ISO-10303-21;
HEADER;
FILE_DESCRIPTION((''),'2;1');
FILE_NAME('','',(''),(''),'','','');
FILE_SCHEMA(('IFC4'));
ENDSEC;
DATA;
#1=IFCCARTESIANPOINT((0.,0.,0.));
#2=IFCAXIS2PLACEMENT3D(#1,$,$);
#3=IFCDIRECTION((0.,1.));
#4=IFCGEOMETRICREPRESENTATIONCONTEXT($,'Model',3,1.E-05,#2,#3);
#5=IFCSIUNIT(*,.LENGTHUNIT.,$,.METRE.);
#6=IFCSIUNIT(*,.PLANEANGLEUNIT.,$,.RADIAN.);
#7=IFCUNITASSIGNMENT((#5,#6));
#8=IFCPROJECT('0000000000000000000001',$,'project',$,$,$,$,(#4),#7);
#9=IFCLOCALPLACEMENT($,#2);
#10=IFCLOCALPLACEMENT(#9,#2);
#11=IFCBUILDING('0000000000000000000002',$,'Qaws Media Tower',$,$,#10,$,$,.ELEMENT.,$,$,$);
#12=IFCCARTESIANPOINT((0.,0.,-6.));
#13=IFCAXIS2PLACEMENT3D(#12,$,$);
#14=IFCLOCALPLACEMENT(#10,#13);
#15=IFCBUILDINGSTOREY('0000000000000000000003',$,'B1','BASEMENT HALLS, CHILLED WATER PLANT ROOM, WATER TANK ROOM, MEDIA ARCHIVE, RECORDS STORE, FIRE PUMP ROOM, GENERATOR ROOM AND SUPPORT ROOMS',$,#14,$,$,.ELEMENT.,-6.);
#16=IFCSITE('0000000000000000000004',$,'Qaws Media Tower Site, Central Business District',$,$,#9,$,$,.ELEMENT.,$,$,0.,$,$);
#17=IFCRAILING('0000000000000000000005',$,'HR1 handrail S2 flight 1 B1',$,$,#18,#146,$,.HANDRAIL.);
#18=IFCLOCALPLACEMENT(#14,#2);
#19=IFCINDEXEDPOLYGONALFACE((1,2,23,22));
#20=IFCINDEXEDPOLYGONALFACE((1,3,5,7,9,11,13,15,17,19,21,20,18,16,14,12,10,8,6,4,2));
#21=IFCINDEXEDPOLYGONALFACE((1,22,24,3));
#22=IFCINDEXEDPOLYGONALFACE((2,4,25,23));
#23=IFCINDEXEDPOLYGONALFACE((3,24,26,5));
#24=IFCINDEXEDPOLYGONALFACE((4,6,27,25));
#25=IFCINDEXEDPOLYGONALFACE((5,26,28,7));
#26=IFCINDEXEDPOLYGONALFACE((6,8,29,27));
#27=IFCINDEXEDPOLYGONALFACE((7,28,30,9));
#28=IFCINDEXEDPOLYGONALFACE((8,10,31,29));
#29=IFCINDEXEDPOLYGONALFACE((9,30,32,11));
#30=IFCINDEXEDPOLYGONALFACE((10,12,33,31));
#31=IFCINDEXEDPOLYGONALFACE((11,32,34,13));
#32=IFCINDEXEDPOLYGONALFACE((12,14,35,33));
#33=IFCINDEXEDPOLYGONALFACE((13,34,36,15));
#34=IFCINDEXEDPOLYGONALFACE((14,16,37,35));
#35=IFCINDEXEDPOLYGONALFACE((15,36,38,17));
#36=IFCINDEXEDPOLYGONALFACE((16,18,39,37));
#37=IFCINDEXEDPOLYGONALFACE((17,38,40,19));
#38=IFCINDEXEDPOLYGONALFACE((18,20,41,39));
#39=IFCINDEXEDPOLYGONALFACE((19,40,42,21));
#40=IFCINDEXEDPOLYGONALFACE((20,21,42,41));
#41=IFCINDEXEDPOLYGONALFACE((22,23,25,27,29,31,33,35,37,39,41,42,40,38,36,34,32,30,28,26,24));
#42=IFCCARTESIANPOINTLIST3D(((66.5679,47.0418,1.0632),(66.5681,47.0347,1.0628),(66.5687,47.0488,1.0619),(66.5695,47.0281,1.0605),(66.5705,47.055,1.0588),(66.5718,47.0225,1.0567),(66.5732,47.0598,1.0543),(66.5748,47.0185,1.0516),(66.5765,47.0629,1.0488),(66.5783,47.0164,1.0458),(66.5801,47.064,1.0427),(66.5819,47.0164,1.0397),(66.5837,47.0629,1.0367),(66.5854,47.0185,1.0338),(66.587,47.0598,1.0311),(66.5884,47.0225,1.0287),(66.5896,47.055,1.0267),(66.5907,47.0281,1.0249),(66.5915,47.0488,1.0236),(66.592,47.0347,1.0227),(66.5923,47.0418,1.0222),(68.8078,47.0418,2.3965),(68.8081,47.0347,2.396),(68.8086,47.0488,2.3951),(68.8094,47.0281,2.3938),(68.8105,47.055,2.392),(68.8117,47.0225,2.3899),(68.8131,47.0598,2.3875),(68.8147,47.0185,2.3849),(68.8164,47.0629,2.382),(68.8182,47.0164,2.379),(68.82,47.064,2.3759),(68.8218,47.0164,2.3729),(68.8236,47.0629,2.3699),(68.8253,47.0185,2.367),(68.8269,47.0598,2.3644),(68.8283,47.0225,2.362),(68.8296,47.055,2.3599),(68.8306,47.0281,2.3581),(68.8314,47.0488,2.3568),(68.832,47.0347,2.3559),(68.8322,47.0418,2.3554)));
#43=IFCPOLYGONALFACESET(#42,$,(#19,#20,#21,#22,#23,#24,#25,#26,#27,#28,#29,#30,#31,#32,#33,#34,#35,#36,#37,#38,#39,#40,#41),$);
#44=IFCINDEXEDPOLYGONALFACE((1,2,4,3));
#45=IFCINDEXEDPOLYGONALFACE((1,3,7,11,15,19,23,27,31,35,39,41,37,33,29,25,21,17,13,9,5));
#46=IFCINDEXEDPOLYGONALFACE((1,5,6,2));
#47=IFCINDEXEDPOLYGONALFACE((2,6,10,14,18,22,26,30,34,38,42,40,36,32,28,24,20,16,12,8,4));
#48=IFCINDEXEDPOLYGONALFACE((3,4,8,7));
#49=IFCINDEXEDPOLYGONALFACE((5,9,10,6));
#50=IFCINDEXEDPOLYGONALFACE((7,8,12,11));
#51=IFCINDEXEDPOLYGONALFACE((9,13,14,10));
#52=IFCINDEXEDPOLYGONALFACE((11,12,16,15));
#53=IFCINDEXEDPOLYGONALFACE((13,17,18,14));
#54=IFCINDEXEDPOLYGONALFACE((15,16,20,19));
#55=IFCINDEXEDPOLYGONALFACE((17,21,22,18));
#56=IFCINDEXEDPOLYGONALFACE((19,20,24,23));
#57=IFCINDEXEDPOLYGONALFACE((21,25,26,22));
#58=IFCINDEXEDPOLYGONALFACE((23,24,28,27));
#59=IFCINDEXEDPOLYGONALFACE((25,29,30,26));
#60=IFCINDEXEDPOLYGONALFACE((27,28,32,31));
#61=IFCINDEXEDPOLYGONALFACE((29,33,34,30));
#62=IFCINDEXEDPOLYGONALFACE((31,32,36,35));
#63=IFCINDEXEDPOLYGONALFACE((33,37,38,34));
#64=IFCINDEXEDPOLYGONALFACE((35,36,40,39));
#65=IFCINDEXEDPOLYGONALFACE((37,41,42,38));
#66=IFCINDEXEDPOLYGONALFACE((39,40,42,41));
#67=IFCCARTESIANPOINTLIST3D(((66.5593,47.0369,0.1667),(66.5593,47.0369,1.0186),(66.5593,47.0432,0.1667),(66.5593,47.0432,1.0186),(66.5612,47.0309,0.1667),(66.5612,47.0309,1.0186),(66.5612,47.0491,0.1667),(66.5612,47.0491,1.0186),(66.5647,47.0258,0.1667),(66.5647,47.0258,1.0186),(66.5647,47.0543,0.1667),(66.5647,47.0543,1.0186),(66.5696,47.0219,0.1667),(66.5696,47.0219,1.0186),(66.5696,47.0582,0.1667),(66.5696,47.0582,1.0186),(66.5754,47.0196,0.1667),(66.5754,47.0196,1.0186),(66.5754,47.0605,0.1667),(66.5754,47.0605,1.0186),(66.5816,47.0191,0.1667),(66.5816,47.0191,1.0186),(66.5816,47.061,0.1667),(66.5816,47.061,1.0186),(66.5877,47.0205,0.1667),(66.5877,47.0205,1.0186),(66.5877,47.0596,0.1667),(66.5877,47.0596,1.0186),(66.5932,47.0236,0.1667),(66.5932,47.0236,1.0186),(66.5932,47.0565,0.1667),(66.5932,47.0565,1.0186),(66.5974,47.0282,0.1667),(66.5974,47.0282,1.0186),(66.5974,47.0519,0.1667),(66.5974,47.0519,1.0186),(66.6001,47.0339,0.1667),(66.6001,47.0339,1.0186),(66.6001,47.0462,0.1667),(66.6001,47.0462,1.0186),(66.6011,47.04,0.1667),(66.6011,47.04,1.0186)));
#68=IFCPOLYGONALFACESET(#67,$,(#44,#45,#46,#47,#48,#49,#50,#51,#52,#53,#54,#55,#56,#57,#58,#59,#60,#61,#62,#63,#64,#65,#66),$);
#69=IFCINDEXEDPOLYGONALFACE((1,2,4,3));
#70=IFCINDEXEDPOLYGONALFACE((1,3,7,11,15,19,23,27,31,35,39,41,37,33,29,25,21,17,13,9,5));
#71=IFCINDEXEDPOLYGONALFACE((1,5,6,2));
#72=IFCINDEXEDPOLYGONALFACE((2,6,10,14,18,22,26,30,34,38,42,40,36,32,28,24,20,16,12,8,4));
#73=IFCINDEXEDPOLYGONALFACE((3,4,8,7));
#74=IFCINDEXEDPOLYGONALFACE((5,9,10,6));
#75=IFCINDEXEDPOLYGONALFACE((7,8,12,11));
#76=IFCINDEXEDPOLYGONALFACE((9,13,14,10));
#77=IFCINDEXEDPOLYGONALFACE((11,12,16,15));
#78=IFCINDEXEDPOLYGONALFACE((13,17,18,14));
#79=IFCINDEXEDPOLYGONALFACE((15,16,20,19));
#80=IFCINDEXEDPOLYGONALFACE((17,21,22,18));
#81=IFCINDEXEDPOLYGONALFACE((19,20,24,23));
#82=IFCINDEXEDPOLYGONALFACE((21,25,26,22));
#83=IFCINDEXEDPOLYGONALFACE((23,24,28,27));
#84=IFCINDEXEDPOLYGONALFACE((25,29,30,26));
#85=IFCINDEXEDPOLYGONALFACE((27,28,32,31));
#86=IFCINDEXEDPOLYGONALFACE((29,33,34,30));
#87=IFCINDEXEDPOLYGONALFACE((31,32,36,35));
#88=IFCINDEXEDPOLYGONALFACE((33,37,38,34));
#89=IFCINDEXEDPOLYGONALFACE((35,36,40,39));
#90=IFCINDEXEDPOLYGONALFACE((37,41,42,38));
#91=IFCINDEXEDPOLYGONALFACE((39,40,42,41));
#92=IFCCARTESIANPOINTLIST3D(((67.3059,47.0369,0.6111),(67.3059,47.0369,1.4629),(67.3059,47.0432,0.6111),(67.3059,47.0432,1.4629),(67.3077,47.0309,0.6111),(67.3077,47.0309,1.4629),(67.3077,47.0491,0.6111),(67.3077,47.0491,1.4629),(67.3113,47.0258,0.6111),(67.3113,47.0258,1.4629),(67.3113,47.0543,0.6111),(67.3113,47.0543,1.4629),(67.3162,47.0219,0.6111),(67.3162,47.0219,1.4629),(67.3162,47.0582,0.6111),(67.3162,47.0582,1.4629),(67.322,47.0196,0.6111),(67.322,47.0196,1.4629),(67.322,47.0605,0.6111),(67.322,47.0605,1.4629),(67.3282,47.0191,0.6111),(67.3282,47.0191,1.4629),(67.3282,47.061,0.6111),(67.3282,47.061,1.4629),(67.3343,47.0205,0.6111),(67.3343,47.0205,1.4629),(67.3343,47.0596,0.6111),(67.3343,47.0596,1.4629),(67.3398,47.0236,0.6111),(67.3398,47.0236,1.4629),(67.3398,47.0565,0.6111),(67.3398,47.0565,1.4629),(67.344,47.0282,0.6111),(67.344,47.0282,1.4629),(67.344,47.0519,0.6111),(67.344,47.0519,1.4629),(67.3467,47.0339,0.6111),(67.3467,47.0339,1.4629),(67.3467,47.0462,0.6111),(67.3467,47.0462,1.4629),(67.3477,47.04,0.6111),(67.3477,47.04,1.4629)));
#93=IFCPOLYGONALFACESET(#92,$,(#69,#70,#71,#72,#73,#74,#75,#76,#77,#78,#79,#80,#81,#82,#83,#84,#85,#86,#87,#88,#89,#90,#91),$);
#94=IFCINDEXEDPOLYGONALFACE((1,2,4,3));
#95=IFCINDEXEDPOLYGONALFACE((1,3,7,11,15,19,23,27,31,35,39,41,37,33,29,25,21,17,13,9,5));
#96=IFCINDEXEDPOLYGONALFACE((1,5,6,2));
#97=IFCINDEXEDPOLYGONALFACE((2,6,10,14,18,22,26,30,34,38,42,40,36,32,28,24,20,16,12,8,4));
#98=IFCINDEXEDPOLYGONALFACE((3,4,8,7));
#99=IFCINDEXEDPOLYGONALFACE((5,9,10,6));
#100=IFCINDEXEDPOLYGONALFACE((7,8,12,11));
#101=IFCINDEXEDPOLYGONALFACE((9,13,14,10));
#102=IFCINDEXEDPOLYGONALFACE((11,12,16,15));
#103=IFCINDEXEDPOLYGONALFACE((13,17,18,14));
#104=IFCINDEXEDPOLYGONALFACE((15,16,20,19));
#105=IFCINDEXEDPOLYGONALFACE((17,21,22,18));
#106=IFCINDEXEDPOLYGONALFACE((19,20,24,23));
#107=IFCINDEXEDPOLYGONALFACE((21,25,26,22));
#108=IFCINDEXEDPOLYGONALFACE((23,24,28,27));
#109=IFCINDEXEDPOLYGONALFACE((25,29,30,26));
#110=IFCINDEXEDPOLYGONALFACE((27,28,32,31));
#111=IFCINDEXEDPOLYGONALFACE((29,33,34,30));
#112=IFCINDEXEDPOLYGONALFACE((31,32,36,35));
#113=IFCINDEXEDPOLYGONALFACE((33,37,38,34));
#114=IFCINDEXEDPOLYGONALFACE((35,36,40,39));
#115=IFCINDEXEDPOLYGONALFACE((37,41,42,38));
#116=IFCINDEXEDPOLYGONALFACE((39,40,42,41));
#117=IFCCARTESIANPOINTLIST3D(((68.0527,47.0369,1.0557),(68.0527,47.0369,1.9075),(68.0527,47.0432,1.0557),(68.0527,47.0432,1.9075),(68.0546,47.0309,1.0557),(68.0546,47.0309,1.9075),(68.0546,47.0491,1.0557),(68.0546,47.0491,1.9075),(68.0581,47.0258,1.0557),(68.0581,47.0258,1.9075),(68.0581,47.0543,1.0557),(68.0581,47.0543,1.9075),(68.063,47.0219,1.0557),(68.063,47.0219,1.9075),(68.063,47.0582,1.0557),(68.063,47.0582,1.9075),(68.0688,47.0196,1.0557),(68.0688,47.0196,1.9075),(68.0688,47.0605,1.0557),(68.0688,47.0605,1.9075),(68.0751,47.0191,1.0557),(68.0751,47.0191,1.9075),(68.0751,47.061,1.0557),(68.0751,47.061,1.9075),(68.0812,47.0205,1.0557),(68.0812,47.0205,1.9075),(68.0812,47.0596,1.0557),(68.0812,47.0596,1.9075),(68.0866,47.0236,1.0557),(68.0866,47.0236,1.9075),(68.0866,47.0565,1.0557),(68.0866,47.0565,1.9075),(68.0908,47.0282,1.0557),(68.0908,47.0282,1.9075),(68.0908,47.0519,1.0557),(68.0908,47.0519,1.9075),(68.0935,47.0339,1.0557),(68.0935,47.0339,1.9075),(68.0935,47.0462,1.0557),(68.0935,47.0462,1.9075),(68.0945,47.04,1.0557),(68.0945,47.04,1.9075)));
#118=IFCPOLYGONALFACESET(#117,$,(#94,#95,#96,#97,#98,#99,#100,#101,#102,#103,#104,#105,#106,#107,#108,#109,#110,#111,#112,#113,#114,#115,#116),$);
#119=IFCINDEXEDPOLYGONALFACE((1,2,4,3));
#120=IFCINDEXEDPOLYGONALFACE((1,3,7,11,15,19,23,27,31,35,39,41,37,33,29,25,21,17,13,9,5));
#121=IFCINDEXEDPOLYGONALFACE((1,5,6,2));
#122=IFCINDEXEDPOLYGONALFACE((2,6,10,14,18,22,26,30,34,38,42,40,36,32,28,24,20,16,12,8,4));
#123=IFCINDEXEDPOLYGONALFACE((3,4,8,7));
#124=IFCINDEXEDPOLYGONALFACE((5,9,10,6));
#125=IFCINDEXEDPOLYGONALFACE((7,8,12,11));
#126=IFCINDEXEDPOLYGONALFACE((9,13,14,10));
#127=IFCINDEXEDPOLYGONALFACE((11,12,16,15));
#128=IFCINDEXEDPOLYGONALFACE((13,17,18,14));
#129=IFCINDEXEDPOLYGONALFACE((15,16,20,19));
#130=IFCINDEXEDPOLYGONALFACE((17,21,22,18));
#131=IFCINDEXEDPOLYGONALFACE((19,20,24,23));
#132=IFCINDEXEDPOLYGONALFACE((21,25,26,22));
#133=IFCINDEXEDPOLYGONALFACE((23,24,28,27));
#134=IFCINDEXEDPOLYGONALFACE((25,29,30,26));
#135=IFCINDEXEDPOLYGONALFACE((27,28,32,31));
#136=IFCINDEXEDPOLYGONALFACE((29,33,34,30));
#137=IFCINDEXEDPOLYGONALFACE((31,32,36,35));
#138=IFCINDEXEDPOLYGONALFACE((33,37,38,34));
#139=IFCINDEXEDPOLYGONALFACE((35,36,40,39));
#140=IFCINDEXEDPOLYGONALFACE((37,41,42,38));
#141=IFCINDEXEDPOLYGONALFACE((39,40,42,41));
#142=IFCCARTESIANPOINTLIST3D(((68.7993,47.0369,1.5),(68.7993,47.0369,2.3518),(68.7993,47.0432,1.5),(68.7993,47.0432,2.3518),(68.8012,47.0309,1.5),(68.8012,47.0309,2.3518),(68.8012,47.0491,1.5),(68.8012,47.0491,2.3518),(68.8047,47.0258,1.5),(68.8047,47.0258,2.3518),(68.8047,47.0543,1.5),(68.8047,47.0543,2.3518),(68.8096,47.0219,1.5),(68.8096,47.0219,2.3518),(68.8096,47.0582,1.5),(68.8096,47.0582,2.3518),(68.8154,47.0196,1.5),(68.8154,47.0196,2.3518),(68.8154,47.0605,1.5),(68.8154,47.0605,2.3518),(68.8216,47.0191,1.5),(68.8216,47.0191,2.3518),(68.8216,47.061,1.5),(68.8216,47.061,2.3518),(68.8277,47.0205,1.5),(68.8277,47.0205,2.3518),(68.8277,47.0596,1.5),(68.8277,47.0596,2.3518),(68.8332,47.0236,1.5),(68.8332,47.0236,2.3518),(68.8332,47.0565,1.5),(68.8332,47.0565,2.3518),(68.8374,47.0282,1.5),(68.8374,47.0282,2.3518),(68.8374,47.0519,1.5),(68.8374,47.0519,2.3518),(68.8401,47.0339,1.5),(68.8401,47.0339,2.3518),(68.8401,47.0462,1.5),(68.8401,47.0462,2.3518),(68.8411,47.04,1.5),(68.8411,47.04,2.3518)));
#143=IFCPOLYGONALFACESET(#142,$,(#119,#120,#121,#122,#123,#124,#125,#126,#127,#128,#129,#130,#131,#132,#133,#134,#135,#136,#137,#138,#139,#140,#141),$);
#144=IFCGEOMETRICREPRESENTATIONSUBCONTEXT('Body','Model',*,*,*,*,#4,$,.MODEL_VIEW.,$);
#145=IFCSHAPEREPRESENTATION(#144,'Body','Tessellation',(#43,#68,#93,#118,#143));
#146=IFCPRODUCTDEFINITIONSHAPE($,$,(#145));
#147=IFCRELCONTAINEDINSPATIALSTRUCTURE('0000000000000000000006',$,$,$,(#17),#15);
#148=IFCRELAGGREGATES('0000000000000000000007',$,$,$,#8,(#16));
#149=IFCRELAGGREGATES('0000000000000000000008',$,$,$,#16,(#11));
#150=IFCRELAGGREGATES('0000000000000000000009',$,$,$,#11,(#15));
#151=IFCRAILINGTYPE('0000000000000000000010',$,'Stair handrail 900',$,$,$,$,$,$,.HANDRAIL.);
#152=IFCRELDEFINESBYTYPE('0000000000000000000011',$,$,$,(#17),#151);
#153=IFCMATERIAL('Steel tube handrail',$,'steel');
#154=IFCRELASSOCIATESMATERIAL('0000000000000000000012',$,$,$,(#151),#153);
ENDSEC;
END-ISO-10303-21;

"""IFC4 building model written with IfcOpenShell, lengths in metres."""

from ifc_helpers import new_model, si_unit, direction, frame, origin, origin_2d, place, context, subcontext, project, spatial, circle, extrude, material, type_object, element, save


model = new_model("IFC4")

# Units and contexts
model_context = context("Model", 3, precision=1e-05, world=origin(), true_north=direction((0.0, 1.0)))
body_context = subcontext(model_context, "Body", "Model", "MODEL_VIEW")
ifc_project = project(units=[si_unit("LENGTHUNIT", "METRE"), si_unit("PLANEANGLEUNIT", "RADIAN")], contexts=[model_context])

# Site, building, storey
site_placement = place(None, origin())
site = spatial("IfcSite", under=ifc_project, at=site_placement, Name="Qaws Media Tower Site, Central Business District", CompositionType="ELEMENT", RefElevation=0.0)
building_placement = place(site_placement, origin())
building = spatial("IfcBuilding", under=site, at=building_placement, Name="Qaws Media Tower", CompositionType="ELEMENT")
storey_placement = place(building_placement, frame((0.0, 0.0, -6.0)))
storey = spatial("IfcBuildingStorey", under=building, at=storey_placement, Name="B1", Description="BASEMENT HALLS, CHILLED WATER PLANT ROOM, WATER TANK ROOM, MEDIA ARCHIVE, RECORDS STORE, FIRE PUMP ROOM, GENERATOR ROOM AND SUPPORT ROOMS", CompositionType="ELEMENT", Elevation=-6.0)

# Railing
ifc_material_1 = material(Name="Steel tube handrail", Category="steel")
railing_type = type_object("IfcRailingType", Name="Stair handrail 900", PredefinedType="HANDRAIL", material=ifc_material_1)
for number, where, name in (
    (1, (66.5801, 47.04, 0.1667), "HR1 handrail S2 flight 1 B1"),
):
    element("IfcRailing", number, at=place(storey_placement, frame(where)), inside=storey, type_object=railing_type, Name=name, PredefinedType="HANDRAIL", context=body_context, shape_type="SweptSolid", body=[
        extrude(circle(Radius=0.0239, at=origin_2d()), frame((0.0, 0.0, 0.876), z_axis=(0.859306, 0.0, 0.511462), x_axis=(0.0, 1.0, 0.0)), (0.0, 0.0, 1.0), 2.6067),
        extrude(circle(Radius=0.021, at=origin_2d()), origin(), (0.0, 0.0, 1.0), 0.8518),
        extrude(circle(Radius=0.021, at=origin_2d()), frame((0.7466, 0.0, 0.4443)), (0.0, 0.0, 1.0), 0.8518),
        extrude(circle(Radius=0.021, at=origin_2d()), frame((1.4934, 0.0, 0.8889)), (0.0, 0.0, 1.0), 0.8518),
        extrude(circle(Radius=0.021, at=origin_2d()), frame((2.24, 0.0, 1.3333)), (0.0, 0.0, 1.0), 0.8518),
    ])

save(model, "model.ifc")
